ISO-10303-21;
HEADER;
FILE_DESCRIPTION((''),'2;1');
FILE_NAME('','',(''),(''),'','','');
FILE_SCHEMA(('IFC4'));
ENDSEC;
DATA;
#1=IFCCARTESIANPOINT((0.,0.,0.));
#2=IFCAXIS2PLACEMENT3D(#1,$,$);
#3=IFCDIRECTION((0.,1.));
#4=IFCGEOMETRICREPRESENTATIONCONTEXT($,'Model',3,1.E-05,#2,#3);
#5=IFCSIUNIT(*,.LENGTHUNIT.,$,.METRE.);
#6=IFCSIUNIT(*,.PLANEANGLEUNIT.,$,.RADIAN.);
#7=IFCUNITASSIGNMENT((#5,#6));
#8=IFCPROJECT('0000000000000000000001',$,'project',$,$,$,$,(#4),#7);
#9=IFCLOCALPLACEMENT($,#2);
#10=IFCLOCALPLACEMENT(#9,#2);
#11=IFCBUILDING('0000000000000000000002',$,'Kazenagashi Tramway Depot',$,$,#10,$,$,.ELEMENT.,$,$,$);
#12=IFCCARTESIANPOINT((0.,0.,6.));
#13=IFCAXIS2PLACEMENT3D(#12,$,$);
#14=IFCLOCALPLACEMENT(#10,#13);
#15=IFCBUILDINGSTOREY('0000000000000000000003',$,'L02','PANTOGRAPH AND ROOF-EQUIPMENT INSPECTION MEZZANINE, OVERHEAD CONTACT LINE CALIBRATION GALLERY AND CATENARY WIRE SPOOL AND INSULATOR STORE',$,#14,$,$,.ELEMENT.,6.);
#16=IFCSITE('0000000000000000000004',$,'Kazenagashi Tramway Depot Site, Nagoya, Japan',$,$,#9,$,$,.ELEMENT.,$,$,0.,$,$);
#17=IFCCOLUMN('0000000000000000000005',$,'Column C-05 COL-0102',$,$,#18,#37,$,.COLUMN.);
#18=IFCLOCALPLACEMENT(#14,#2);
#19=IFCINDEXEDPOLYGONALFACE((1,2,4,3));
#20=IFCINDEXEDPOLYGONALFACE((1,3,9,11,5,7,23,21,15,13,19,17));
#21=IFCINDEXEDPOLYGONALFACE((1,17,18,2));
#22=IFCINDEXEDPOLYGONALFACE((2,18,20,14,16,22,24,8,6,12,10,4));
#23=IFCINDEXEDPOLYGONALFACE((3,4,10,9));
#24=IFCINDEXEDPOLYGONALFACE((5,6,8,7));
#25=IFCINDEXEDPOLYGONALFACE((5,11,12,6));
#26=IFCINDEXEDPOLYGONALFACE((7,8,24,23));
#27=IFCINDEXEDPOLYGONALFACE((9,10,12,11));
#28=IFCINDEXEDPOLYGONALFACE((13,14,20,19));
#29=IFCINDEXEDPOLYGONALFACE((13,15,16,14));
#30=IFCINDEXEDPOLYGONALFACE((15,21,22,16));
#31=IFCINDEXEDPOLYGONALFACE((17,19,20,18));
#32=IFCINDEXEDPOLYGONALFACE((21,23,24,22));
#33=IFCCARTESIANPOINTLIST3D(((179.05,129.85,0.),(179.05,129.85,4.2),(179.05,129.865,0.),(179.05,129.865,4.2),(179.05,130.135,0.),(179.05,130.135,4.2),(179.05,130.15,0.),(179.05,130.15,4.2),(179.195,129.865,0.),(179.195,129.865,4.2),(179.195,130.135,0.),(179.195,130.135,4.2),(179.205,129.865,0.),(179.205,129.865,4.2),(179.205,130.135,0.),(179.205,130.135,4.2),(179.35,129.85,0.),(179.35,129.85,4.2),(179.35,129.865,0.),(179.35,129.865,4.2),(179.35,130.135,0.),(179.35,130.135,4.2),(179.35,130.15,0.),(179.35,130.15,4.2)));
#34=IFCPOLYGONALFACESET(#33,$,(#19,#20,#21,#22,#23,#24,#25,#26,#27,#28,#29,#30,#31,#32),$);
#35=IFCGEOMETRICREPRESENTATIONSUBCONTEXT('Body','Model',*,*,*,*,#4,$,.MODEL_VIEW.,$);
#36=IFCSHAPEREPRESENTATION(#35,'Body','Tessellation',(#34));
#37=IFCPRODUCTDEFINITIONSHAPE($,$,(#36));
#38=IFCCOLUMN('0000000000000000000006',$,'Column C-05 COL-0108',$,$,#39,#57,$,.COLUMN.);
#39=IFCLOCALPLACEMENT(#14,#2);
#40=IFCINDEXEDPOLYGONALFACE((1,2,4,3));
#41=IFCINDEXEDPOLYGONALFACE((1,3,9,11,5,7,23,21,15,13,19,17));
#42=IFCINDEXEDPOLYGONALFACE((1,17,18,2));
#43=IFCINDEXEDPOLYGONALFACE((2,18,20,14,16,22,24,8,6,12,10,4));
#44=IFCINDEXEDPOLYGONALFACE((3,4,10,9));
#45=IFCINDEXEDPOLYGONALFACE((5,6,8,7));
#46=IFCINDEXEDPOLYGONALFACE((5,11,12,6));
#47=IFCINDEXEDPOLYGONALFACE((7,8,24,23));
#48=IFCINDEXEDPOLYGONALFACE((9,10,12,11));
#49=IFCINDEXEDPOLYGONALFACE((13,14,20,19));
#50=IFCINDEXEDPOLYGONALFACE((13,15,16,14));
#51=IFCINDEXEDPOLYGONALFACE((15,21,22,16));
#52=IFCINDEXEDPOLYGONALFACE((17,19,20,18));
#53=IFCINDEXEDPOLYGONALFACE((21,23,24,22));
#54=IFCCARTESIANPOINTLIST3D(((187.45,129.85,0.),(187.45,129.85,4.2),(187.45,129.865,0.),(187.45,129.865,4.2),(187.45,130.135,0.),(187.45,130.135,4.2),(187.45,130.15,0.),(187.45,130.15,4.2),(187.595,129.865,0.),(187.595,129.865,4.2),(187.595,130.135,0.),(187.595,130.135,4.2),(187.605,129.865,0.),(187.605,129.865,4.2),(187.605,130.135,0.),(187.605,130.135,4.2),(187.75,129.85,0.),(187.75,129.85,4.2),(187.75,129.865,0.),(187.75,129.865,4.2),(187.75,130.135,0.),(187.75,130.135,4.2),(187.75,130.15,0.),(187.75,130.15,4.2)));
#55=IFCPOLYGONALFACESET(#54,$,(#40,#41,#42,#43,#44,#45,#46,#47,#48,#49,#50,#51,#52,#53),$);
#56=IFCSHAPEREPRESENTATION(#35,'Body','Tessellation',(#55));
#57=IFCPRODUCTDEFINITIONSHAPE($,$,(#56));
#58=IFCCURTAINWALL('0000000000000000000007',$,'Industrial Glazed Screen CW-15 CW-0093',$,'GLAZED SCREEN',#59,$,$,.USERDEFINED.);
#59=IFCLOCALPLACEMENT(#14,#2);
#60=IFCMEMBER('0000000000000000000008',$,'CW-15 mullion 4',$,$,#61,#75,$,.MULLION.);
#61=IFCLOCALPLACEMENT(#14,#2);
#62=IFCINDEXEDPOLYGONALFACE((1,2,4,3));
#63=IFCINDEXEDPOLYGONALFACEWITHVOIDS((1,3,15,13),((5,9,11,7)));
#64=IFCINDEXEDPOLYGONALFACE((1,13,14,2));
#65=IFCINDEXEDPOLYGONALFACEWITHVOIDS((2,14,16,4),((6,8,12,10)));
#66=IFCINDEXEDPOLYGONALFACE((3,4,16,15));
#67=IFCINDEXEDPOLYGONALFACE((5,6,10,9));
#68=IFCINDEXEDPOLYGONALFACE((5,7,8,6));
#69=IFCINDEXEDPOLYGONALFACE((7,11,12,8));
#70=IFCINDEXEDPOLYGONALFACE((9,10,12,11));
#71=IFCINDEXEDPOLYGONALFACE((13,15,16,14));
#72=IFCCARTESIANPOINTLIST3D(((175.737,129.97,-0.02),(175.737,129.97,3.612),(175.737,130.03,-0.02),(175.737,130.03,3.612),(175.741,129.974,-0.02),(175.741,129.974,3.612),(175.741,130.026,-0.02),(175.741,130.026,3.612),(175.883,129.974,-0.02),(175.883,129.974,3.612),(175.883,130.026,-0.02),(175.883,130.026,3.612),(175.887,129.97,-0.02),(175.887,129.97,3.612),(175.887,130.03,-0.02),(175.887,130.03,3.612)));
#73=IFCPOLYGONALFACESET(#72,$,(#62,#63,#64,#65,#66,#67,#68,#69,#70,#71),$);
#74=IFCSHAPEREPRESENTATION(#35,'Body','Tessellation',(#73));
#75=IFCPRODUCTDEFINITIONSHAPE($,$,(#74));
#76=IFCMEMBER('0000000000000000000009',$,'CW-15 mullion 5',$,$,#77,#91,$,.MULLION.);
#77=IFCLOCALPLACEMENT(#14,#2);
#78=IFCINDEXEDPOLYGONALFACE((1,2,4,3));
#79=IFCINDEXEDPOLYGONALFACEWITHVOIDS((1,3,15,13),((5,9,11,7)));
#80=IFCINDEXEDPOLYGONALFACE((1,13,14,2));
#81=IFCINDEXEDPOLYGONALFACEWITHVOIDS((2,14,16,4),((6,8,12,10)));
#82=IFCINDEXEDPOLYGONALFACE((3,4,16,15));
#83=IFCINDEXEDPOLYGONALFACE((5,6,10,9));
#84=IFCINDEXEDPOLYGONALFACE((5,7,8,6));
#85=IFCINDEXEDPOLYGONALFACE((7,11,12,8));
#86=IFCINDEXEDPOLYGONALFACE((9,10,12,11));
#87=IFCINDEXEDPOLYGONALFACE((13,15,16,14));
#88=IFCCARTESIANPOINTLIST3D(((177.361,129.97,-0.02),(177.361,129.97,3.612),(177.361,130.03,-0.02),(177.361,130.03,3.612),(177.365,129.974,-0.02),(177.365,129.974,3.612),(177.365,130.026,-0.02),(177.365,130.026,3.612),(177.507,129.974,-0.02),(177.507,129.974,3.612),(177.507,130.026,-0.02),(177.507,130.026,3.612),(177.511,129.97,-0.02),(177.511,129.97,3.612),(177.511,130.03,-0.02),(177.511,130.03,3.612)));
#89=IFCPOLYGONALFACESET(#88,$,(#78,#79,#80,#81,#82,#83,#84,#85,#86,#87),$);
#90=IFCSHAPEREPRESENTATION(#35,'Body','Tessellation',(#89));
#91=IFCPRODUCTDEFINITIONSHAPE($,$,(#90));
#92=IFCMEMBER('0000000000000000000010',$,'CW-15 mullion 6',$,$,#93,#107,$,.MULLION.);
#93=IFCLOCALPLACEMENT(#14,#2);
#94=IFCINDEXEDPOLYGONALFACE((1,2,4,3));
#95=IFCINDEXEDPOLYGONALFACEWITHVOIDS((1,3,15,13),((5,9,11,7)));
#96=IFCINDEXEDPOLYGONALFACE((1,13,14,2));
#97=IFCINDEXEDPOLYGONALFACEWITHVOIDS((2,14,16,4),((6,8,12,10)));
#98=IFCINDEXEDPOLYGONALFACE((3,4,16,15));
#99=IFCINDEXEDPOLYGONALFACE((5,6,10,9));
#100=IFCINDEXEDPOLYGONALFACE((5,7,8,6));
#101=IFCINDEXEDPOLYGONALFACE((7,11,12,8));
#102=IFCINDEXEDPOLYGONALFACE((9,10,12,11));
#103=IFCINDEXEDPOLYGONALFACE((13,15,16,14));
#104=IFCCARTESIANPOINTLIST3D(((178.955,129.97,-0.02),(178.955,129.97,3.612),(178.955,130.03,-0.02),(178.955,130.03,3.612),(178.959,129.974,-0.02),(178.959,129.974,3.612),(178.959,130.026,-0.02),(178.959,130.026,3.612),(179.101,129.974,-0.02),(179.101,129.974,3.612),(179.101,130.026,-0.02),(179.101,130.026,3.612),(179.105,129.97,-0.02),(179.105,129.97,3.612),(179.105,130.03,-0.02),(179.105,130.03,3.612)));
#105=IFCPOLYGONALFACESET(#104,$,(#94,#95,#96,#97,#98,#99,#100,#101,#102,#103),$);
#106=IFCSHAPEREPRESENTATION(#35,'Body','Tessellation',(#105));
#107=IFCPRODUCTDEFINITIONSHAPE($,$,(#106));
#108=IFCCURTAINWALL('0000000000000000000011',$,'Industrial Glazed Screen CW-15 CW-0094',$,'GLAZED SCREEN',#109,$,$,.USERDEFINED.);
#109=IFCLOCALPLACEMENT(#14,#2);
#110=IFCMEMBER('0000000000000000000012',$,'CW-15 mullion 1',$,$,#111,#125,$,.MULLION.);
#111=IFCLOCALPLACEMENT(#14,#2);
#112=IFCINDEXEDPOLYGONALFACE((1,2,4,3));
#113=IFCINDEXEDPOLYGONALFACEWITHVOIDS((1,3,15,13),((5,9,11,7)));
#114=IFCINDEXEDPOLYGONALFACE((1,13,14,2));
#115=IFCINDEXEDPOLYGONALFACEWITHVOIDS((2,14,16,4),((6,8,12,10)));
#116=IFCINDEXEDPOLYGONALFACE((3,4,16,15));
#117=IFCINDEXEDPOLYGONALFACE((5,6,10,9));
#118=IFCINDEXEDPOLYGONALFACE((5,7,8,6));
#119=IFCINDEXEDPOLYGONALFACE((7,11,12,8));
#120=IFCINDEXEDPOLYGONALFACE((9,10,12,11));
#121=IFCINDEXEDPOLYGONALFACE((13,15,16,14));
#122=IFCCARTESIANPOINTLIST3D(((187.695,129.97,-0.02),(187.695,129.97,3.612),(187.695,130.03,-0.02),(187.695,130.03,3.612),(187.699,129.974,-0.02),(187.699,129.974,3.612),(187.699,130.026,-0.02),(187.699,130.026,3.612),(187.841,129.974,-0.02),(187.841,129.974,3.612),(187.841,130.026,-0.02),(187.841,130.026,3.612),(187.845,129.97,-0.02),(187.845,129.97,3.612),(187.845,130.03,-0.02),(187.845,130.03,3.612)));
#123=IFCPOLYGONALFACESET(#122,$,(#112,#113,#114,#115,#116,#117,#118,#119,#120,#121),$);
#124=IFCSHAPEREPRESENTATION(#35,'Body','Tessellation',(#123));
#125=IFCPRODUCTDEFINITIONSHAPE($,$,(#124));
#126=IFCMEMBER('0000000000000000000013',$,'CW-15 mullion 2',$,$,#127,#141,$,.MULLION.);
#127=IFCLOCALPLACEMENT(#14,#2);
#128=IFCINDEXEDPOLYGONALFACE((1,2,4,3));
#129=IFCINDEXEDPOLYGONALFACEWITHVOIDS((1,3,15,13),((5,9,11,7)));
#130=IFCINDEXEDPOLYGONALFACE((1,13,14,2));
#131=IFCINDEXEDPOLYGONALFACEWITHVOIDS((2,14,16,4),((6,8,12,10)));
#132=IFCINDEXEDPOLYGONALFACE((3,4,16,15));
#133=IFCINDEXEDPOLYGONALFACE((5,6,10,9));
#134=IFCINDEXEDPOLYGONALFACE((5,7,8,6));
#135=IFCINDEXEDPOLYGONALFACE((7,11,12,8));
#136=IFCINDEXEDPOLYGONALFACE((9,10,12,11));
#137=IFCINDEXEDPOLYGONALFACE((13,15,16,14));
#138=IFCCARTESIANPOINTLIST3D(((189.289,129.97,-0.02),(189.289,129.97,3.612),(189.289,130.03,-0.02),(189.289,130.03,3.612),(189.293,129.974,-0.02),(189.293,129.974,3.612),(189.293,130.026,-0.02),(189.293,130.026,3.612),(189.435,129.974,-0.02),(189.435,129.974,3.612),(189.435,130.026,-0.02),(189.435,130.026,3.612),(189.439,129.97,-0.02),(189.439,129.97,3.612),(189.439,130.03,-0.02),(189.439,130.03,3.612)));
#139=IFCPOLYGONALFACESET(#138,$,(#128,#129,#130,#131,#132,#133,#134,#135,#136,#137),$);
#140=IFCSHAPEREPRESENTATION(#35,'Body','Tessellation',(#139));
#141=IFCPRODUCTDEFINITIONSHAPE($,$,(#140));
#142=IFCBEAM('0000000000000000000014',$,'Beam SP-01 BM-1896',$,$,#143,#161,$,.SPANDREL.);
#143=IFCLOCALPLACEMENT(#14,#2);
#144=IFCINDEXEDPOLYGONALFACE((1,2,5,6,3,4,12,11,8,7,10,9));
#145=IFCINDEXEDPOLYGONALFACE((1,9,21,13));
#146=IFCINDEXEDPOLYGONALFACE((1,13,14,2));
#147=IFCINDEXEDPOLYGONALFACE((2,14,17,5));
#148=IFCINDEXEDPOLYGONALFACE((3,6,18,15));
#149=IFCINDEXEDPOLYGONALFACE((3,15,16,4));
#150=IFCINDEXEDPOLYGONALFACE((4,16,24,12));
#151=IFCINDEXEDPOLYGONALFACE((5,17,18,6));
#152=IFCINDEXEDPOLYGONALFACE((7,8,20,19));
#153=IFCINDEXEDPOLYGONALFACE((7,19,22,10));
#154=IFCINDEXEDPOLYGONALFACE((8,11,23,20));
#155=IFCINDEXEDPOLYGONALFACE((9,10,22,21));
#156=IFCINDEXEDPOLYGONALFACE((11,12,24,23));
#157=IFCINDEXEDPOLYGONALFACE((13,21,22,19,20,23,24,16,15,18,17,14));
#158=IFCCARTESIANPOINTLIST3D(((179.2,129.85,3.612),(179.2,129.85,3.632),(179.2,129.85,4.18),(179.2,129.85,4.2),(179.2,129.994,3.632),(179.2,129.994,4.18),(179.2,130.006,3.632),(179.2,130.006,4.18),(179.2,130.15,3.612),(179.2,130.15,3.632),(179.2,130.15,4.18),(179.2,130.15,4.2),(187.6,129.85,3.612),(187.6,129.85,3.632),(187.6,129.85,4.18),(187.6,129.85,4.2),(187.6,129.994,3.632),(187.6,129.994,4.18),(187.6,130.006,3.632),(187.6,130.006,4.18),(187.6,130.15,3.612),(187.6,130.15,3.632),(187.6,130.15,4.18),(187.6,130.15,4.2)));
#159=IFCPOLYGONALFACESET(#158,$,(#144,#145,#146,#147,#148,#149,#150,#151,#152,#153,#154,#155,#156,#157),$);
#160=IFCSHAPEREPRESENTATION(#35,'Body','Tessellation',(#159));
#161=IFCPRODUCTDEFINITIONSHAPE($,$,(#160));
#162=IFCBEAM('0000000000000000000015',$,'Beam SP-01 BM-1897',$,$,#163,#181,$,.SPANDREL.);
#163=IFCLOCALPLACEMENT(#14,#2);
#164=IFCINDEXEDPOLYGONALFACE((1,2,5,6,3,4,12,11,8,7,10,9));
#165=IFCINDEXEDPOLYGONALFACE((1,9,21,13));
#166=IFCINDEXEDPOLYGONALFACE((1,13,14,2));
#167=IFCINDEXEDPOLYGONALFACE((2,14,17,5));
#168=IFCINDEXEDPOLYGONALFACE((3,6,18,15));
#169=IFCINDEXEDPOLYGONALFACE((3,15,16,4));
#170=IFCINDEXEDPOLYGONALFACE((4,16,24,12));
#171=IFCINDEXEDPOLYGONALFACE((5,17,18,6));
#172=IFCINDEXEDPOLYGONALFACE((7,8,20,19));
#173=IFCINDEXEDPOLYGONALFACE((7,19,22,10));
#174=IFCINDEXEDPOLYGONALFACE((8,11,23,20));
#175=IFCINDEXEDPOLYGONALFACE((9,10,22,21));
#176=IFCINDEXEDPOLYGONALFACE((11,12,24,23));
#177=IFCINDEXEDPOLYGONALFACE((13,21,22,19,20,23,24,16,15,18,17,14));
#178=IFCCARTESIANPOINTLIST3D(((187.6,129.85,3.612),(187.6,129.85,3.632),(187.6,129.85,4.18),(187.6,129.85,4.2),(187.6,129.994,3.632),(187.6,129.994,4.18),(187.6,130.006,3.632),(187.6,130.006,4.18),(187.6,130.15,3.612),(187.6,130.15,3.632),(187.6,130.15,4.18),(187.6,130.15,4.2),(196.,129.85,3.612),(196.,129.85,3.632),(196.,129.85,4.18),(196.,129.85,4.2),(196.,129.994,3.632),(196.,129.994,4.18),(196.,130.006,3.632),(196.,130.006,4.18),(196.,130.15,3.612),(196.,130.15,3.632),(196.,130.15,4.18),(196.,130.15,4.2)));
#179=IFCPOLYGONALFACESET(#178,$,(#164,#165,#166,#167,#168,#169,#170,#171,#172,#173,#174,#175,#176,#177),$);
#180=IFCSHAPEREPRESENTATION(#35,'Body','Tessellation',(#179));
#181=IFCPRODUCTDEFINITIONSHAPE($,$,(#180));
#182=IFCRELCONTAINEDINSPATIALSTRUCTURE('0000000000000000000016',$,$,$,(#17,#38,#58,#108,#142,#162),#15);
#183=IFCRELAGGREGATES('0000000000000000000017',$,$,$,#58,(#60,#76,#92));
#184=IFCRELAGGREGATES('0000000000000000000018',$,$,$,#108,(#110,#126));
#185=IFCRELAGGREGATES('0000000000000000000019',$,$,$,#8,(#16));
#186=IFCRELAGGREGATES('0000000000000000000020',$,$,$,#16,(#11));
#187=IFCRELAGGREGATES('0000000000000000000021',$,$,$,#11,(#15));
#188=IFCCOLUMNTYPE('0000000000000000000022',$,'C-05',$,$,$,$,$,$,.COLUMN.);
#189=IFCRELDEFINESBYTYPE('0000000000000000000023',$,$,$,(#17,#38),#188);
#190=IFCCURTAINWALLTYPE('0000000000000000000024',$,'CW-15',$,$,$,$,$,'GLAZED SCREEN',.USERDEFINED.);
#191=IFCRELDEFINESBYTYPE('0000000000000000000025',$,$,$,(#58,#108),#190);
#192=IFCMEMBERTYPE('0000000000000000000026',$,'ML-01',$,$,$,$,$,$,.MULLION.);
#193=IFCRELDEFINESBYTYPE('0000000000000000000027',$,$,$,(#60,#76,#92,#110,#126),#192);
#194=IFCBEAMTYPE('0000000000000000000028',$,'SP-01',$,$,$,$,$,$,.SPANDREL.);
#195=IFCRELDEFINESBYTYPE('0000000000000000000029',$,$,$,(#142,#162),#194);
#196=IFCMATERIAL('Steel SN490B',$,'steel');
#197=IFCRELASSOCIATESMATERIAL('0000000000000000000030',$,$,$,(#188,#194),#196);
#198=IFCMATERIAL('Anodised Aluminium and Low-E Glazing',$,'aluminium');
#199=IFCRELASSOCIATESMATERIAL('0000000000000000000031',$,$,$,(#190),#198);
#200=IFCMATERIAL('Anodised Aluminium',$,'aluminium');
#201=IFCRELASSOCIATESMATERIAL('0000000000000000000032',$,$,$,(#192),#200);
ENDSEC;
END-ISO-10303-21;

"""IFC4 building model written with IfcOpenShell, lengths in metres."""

from ifc_helpers import new_model, si_unit, direction, frame, origin, origin_2d, place, context, subcontext, project, spatial, hollow_rectangle, i_section, extrude, material, material_profile, profile_set, type_object, element, aggregate, save


model = new_model("IFC4")

# Units and contexts
model_context = context("Model", 3, precision=1e-05, world=origin(), true_north=direction((0.0, 1.0)))
body_context = subcontext(model_context, "Body", "Model", "MODEL_VIEW")
ifc_project = project(units=[si_unit("LENGTHUNIT", "METRE"), si_unit("PLANEANGLEUNIT", "RADIAN")], contexts=[model_context])

# Site, building, storey
site_placement = place(None, origin())
site = spatial("IfcSite", under=ifc_project, at=site_placement, Name="Kazenagashi Tramway Depot Site, Nagoya, Japan", CompositionType="ELEMENT", RefElevation=0.0)
building_placement = place(site_placement, origin())
building = spatial("IfcBuilding", under=site, at=building_placement, Name="Kazenagashi Tramway Depot", CompositionType="ELEMENT")
storey_placement = place(building_placement, frame((0.0, 0.0, 6.0)))
storey = spatial("IfcBuildingStorey", under=building, at=storey_placement, Name="L02", Description="PANTOGRAPH AND ROOF-EQUIPMENT INSPECTION MEZZANINE, OVERHEAD CONTACT LINE CALIBRATION GALLERY AND CATENARY WIRE SPOOL AND INSULATOR STORE", CompositionType="ELEMENT", Elevation=6.0)

# Columns
ifc_material_1 = material(Name="Steel SN490B", Category="steel")
ifc_material_profile_1 = material_profile(ifc_material_1, i_section(OverallWidth=0.3, OverallDepth=0.3, WebThickness=0.01, FlangeThickness=0.015, at=origin_2d()), Name="H-300x300x10x15")
ifc_profile_set_1 = profile_set([ifc_material_profile_1], Name="Steel SN490B")
column_type = type_object("IfcColumnType", Name="C-05", PredefinedType="COLUMN", material=ifc_profile_set_1)
for number, where, z_axis, x_axis, name in (
    (1, (179.2, 130.0, 0.0), (0.0, 0.0, 1.0), (1.0, 0.0, 0.0), "Column C-05 COL-0102"),
    (2, (187.6, 130.0, 0.0), (0.0, 0.0, 1.0), (1.0, 0.0, 0.0), "Column C-05 COL-0108"),
):
    element("IfcColumn", number, at=place(storey_placement, frame(where, z_axis=z_axis, x_axis=x_axis)), inside=storey, type_object=column_type, Name=name, PredefinedType="COLUMN", context=body_context, shape_type="SweptSolid", body=[
        extrude(i_section(OverallWidth=0.3, OverallDepth=0.3, WebThickness=0.01, FlangeThickness=0.015, at=origin_2d()), origin(), (0.0, 0.0, 1.0), 4.2),
    ])

# Curtain walls, members
ifc_material_2 = material(Name="Anodised Aluminium and Low-E Glazing", Category="aluminium")
curtain_wall_type = type_object("IfcCurtainWallType", Name="CW-15", ElementType="GLAZED SCREEN", PredefinedType="USERDEFINED", material=ifc_material_2)
curtain_wall_1_placement = place(storey_placement, origin())
curtain_wall_1 = element("IfcCurtainWall", 3, at=curtain_wall_1_placement, inside=storey, type_object=curtain_wall_type, Name="Industrial Glazed Screen CW-15 CW-0093", ObjectType="GLAZED SCREEN", PredefinedType="USERDEFINED")
ifc_material_3 = material(Name="Anodised Aluminium", Category="aluminium")
ifc_material_profile_2 = material_profile(ifc_material_3, hollow_rectangle(XDim=0.06, YDim=0.15, WallThickness=0.004, at=origin_2d()), Name="RHS-150x60x4")
ifc_profile_set_2 = profile_set([ifc_material_profile_2], Name="Anodised Aluminium")
member_type_1 = type_object("IfcMemberType", Name="ML-01", PredefinedType="MULLION", material=ifc_profile_set_2)
member_1_placement = place(storey_placement, frame((175.812, 130.0, -0.02), z_axis=(0.0, 0.0, 1.0), x_axis=(0.0, 1.0, 0.0)))
member_1 = element("IfcMember", 4, at=member_1_placement, type_object=member_type_1, Name="CW-15 mullion 4", PredefinedType="MULLION", context=body_context, shape_type="SweptSolid", body=[
    extrude(hollow_rectangle(XDim=0.06, YDim=0.15, WallThickness=0.004, at=origin_2d()), origin(), (0.0, 0.0, 1.0), 3.632),
])
member_2_placement = place(storey_placement, frame((177.436, 130.0, -0.02), z_axis=(0.0, 0.0, 1.0), x_axis=(0.0, 1.0, 0.0)))
member_2 = element("IfcMember", 5, at=member_2_placement, type_object=member_type_1, Name="CW-15 mullion 5", PredefinedType="MULLION", context=body_context, shape_type="SweptSolid", body=[
    extrude(hollow_rectangle(XDim=0.06, YDim=0.15, WallThickness=0.004, at=origin_2d()), origin(), (0.0, 0.0, 1.0), 3.632),
])
member_3_placement = place(storey_placement, frame((179.03, 130.0, -0.02), z_axis=(0.0, 0.0, 1.0), x_axis=(0.0, 1.0, 0.0)))
member_3 = element("IfcMember", 6, at=member_3_placement, type_object=member_type_1, Name="CW-15 mullion 6", PredefinedType="MULLION", context=body_context, shape_type="SweptSolid", body=[
    extrude(hollow_rectangle(XDim=0.06, YDim=0.15, WallThickness=0.004, at=origin_2d()), origin(), (0.0, 0.0, 1.0), 3.632),
])
curtain_wall_2_placement = place(storey_placement, origin())
curtain_wall_2 = element("IfcCurtainWall", 7, at=curtain_wall_2_placement, inside=storey, type_object=curtain_wall_type, Name="Industrial Glazed Screen CW-15 CW-0094", ObjectType="GLAZED SCREEN", PredefinedType="USERDEFINED")
member_4_placement = place(storey_placement, frame((187.77, 130.0, -0.02), z_axis=(0.0, 0.0, 1.0), x_axis=(0.0, 1.0, 0.0)))
member_4 = element("IfcMember", 8, at=member_4_placement, type_object=member_type_1, Name="CW-15 mullion 1", PredefinedType="MULLION", context=body_context, shape_type="SweptSolid", body=[
    extrude(hollow_rectangle(XDim=0.06, YDim=0.15, WallThickness=0.004, at=origin_2d()), origin(), (0.0, 0.0, 1.0), 3.632),
])
member_5_placement = place(storey_placement, frame((189.364, 130.0, -0.02), z_axis=(0.0, 0.0, 1.0), x_axis=(0.0, 1.0, 0.0)))
member_5 = element("IfcMember", 9, at=member_5_placement, type_object=member_type_1, Name="CW-15 mullion 2", PredefinedType="MULLION", context=body_context, shape_type="SweptSolid", body=[
    extrude(hollow_rectangle(XDim=0.06, YDim=0.15, WallThickness=0.004, at=origin_2d()), origin(), (0.0, 0.0, 1.0), 3.632),
])

# Beams
ifc_material_profile_3 = material_profile(ifc_material_1, i_section(OverallWidth=0.3, OverallDepth=0.588, WebThickness=0.012, FlangeThickness=0.02, at=origin_2d()), Name="H-588x300x12x20")
ifc_profile_set_3 = profile_set([ifc_material_profile_3], Name="Steel SN490B")
beam_type_1 = type_object("IfcBeamType", Name="SP-01", PredefinedType="SPANDREL", material=ifc_profile_set_3)
for number, where, z_axis, x_axis, name in (
    (10, (179.2, 130.0, 3.906), (1.0, 0.0, 0.0), (0.0, 1.0, 0.0), "Beam SP-01 BM-1896"),
    (11, (187.6, 130.0, 3.906), (1.0, 0.0, 0.0), (0.0, 1.0, 0.0), "Beam SP-01 BM-1897"),
):
    element("IfcBeam", number, at=place(storey_placement, frame(where, z_axis=z_axis, x_axis=x_axis)), inside=storey, type_object=beam_type_1, Name=name, PredefinedType="SPANDREL", context=body_context, shape_type="SweptSolid", body=[
        extrude(i_section(OverallWidth=0.3, OverallDepth=0.588, WebThickness=0.012, FlangeThickness=0.02, at=origin_2d()), origin(), (0.0, 0.0, 1.0), 8.4),
    ])

aggregate(curtain_wall_1, [member_1, member_2, member_3])
aggregate(curtain_wall_2, [member_4, member_5])

save(model, "model.ifc")
